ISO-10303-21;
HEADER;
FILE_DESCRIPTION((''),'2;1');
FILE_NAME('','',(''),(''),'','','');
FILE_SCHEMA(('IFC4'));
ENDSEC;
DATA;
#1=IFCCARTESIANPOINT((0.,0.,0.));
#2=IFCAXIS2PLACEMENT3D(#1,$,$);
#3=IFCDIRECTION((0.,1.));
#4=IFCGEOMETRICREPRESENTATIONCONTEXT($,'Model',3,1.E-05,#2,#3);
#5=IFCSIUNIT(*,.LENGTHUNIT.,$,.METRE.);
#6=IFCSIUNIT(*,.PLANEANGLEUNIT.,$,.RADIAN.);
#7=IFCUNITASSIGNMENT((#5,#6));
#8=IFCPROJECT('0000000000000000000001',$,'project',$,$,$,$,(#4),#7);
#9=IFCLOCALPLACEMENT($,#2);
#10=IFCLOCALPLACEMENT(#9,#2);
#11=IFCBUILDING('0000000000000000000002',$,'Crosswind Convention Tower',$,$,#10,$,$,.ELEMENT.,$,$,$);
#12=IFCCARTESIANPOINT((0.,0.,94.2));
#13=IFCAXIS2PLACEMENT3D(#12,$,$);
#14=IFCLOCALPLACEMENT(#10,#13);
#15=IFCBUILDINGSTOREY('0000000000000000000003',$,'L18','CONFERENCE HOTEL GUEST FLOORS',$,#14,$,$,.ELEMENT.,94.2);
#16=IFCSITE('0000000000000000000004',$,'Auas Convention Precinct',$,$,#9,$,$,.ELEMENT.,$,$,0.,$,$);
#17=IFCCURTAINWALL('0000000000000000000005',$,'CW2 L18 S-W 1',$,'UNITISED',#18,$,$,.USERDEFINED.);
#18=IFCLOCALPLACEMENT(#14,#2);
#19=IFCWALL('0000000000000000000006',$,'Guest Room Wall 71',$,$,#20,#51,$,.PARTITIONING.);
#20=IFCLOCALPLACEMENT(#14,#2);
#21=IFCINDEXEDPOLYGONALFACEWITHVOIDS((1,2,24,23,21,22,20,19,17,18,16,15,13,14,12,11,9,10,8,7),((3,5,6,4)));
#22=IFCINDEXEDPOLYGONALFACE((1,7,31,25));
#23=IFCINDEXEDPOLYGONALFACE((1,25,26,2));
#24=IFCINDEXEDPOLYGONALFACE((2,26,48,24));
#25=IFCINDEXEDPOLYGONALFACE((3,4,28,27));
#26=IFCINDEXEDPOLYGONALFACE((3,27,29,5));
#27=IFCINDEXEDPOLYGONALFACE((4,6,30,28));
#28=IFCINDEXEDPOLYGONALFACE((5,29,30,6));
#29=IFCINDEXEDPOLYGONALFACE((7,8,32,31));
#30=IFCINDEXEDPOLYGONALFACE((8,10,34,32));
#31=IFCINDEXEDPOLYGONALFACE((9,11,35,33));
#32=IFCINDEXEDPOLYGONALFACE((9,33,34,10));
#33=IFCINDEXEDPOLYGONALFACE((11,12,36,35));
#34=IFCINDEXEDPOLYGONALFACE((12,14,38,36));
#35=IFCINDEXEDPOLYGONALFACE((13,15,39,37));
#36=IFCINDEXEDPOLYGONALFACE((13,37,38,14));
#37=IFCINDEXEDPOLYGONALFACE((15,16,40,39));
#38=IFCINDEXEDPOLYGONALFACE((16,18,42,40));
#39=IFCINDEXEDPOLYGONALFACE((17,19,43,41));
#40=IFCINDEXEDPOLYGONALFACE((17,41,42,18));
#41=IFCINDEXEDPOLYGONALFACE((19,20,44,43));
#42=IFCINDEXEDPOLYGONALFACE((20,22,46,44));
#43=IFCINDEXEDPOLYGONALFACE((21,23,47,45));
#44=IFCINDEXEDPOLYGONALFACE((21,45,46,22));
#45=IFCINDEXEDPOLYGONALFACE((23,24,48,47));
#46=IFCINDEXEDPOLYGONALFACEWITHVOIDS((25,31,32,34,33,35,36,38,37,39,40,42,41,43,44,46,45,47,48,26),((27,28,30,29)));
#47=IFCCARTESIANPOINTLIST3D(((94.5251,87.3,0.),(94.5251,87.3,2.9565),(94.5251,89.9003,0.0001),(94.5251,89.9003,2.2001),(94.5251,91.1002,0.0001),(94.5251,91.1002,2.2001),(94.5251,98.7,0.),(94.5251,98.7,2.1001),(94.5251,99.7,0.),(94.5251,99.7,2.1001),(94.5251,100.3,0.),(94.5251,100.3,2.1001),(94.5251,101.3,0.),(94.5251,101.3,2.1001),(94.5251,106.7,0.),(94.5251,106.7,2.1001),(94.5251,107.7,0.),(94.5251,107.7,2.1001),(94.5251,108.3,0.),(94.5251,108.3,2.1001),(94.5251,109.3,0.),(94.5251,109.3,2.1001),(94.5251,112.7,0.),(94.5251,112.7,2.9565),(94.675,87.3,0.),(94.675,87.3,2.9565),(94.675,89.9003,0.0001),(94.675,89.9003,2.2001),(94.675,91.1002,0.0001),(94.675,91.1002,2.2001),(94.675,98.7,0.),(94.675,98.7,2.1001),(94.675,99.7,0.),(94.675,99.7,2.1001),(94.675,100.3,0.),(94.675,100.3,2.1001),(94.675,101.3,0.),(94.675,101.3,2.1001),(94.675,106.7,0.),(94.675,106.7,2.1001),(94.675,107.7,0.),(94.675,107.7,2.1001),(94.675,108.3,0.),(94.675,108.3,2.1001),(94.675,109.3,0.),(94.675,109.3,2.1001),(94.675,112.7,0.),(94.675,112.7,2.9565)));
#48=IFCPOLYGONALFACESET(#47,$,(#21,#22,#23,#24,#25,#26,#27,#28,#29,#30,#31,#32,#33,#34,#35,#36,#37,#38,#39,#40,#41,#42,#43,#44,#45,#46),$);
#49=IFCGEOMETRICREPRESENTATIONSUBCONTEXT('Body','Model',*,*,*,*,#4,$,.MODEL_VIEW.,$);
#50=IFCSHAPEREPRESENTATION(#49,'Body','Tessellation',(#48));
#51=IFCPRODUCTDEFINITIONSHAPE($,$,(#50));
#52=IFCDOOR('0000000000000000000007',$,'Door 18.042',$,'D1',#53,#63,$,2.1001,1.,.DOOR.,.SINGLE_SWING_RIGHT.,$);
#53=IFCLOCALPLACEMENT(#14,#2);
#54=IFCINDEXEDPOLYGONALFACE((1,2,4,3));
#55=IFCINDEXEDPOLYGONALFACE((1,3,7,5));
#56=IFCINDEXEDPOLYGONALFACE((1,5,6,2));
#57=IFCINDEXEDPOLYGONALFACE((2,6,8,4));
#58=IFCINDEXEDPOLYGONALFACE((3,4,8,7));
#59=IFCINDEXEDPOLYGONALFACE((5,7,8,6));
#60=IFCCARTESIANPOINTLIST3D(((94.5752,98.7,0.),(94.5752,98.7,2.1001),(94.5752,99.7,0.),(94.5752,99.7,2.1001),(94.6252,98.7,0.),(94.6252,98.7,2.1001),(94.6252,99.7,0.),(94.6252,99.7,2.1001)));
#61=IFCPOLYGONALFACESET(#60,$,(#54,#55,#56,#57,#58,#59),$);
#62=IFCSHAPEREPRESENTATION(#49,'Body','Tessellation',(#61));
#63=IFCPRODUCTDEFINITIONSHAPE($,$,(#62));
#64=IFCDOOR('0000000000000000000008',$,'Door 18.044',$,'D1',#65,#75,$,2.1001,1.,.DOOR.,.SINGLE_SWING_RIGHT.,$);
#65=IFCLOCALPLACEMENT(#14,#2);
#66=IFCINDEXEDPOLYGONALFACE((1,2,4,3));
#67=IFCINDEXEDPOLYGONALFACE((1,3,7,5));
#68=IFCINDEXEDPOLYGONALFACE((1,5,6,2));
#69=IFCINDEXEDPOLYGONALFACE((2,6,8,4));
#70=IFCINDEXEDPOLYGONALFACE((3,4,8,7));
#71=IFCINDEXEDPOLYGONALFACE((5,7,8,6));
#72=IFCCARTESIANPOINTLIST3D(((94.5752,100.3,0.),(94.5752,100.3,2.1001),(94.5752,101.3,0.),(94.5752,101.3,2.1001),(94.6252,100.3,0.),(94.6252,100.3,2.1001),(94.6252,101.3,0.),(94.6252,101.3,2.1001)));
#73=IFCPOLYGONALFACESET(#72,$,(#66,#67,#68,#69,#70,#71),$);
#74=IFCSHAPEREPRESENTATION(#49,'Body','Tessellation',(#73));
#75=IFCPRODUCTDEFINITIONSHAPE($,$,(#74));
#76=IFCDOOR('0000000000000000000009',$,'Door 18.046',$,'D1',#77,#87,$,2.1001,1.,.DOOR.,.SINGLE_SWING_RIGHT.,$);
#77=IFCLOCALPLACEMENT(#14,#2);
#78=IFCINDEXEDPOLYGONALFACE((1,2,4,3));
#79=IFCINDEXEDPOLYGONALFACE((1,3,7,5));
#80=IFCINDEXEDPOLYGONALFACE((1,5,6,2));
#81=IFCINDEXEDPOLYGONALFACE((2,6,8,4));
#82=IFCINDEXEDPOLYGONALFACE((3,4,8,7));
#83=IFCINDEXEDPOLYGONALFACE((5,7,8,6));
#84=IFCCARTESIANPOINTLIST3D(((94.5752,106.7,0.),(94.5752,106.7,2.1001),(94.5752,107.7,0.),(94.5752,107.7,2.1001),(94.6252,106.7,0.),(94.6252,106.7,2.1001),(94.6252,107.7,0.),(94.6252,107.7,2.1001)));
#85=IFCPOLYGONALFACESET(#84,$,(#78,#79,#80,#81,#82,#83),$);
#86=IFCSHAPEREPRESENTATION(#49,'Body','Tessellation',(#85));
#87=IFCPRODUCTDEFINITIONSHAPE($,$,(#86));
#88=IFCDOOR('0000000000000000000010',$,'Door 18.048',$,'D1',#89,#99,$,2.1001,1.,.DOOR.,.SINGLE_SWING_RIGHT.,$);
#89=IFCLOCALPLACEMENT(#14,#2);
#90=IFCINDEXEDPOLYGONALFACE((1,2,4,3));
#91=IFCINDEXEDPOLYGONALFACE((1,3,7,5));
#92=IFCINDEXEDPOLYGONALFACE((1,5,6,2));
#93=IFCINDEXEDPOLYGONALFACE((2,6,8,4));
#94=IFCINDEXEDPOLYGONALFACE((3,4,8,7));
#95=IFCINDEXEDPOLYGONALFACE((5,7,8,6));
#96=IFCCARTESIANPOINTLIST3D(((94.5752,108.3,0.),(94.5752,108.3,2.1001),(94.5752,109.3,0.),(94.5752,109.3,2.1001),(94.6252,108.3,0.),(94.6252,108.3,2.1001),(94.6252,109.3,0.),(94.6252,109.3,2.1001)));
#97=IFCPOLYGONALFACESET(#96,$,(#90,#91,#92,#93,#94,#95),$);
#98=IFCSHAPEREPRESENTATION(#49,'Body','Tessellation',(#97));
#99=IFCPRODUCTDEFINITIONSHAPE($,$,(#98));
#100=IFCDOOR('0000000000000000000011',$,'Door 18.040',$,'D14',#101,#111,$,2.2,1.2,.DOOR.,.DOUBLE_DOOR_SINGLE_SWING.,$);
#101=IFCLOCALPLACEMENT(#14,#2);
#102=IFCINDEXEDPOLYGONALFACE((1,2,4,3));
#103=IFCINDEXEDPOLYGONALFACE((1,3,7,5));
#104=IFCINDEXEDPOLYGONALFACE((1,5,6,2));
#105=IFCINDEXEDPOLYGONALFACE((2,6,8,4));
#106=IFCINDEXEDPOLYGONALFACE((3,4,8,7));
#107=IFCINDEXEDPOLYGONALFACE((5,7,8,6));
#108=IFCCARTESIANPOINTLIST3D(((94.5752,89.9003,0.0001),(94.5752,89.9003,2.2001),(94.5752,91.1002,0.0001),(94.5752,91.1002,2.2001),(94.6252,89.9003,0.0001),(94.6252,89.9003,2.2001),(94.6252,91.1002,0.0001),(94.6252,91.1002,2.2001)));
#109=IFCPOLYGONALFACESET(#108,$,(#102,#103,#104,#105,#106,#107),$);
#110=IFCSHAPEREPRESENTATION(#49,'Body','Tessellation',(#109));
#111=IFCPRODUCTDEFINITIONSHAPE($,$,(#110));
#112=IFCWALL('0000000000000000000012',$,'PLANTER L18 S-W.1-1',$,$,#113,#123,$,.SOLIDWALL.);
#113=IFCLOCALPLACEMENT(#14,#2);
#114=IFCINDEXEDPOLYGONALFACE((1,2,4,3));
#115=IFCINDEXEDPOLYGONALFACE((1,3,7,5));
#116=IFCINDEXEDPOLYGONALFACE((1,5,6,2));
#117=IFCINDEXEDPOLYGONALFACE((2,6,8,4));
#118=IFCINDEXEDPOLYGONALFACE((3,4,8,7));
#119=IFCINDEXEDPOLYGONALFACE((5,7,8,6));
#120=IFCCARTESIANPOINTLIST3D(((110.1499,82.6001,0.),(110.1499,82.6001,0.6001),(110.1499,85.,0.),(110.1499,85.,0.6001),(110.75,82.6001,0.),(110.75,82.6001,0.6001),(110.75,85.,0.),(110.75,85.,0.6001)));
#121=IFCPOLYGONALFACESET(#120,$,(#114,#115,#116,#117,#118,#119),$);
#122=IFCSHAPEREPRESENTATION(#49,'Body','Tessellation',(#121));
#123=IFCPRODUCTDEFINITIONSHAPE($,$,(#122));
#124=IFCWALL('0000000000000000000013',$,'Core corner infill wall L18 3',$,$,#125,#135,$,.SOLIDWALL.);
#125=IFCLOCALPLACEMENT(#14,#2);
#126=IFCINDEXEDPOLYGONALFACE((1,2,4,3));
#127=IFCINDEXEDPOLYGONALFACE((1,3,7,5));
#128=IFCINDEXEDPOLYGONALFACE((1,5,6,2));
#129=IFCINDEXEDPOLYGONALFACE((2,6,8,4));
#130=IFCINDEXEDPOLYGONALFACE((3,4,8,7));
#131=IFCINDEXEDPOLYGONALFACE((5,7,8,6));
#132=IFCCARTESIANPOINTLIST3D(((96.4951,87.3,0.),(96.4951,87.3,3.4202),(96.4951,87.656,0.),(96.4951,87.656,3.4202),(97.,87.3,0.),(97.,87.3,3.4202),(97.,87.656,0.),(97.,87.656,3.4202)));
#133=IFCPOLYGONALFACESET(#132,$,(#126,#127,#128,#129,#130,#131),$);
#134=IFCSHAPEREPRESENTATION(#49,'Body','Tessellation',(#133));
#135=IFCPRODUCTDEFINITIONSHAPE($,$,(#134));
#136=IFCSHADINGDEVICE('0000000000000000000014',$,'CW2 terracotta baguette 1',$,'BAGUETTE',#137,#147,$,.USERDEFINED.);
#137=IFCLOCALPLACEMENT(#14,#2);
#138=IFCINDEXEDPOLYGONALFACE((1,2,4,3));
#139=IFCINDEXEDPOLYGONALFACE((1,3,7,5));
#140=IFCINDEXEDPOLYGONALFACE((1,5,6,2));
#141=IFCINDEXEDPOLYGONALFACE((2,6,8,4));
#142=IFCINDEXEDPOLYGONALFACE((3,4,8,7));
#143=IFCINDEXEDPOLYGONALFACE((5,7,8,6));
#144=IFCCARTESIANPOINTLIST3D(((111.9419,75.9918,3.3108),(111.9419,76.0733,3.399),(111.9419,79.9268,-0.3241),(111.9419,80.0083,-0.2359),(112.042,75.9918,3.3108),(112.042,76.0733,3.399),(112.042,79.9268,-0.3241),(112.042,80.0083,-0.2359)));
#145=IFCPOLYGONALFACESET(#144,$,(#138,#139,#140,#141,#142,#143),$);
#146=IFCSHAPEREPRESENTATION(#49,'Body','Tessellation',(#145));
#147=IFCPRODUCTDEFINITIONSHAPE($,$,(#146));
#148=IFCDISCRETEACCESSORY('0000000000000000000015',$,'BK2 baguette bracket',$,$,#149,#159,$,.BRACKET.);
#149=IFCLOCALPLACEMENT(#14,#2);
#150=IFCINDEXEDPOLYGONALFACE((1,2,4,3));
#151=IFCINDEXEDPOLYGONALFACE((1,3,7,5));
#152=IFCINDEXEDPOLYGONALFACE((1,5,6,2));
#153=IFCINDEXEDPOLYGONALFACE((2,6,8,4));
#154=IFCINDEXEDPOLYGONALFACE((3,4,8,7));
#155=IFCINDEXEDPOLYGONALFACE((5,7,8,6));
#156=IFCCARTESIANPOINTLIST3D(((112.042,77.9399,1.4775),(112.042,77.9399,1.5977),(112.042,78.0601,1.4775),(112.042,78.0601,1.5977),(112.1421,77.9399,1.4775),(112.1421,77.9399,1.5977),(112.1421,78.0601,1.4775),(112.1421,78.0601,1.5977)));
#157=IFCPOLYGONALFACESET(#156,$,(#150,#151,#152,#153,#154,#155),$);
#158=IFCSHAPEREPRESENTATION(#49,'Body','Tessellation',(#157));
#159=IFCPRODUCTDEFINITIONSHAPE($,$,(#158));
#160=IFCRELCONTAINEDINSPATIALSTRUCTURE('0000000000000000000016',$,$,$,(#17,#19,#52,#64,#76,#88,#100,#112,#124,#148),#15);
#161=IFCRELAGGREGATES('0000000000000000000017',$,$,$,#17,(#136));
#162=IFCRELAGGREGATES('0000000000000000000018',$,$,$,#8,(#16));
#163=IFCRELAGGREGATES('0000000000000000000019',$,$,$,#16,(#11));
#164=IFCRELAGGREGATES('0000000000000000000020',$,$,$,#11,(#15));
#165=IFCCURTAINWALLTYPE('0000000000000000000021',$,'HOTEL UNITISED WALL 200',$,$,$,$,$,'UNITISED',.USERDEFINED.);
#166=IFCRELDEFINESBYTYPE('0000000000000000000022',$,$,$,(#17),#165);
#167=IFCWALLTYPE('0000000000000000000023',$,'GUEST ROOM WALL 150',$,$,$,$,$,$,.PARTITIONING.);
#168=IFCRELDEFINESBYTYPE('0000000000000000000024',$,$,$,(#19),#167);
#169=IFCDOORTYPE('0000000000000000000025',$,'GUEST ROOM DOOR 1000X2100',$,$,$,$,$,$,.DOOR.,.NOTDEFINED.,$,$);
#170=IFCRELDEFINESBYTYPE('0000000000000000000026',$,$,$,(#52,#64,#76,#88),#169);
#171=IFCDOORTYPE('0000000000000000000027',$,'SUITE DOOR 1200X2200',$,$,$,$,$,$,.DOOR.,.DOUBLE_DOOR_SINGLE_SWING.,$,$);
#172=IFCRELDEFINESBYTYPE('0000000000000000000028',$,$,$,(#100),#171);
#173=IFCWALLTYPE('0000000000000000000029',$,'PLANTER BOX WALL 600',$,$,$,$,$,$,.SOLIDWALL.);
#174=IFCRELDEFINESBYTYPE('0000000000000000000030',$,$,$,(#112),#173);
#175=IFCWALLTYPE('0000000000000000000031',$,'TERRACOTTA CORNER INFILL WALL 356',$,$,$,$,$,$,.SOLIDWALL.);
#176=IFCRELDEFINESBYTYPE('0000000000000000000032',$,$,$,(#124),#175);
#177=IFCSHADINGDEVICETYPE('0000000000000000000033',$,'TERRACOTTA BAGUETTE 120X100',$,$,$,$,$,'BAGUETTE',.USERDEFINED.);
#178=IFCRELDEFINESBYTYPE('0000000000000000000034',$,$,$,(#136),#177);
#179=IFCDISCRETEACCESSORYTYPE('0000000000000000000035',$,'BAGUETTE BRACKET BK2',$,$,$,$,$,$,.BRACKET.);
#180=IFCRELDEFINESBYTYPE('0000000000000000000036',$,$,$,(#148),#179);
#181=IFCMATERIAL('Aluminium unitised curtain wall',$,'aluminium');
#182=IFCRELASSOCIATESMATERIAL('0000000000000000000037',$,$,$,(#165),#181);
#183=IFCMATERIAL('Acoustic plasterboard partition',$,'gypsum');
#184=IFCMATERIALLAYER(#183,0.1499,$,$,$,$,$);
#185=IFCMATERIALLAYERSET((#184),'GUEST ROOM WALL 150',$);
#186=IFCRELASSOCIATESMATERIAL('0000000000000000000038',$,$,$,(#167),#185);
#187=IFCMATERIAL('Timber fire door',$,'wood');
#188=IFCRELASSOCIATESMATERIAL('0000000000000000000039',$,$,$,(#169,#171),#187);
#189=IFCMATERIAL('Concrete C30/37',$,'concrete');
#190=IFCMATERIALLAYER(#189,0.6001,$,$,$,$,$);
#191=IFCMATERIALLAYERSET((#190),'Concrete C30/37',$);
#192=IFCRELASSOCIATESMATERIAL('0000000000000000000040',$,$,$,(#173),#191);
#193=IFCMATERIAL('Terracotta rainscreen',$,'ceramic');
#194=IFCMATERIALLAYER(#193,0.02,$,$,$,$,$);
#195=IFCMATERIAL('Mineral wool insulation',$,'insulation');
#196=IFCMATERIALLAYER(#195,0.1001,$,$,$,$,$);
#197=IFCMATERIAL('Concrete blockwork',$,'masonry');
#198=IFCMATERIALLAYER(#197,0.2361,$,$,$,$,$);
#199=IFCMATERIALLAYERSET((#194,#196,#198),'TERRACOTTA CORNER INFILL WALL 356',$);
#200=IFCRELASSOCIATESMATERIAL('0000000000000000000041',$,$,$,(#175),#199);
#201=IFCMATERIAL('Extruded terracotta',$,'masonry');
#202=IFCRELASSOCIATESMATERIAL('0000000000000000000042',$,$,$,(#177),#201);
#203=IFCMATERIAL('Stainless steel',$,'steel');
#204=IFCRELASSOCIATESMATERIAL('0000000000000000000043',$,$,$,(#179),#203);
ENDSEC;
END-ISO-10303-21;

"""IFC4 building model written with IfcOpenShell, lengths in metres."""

from ifc_helpers import new_model, si_unit, direction, frame, frame_2d, origin, origin_2d, place, context, subcontext, project, spatial, rectangle, extrude, material, layer, layer_set, material_profile, profile_set, type_object, element, fill, aggregate, save


model = new_model("IFC4")

# Units and contexts
model_context = context("Model", 3, precision=1e-05, world=origin(), true_north=direction((0.0, 1.0)))
body_context = subcontext(model_context, "Body", "Model", "MODEL_VIEW")
ifc_project = project(units=[si_unit("LENGTHUNIT", "METRE"), si_unit("PLANEANGLEUNIT", "RADIAN")], contexts=[model_context])

# Site, building, storey
site_placement = place(None, origin())
site = spatial("IfcSite", under=ifc_project, at=site_placement, Name="Auas Convention Precinct", CompositionType="ELEMENT", RefElevation=0.0)
building_placement = place(site_placement, origin())
building = spatial("IfcBuilding", under=site, at=building_placement, Name="Crosswind Convention Tower", CompositionType="ELEMENT")
storey_placement = place(building_placement, frame((0.0, 0.0, 94.2)))
storey = spatial("IfcBuildingStorey", under=building, at=storey_placement, Name="L18", Description="CONFERENCE HOTEL GUEST FLOORS", CompositionType="ELEMENT", Elevation=94.2)

# Shared definitions
ifc_material_1 = material(Name="Aluminium unitised curtain wall", Category="aluminium")

# Curtain wall
curtain_wall_type_1 = type_object("IfcCurtainWallType", Name="HOTEL UNITISED WALL 200", ElementType="UNITISED", PredefinedType="USERDEFINED", material=ifc_material_1)
curtain_wall_1_placement = place(storey_placement, origin())
curtain_wall_1 = element("IfcCurtainWall", 1, at=curtain_wall_1_placement, inside=storey, type_object=curtain_wall_type_1, Name="CW2 L18 S-W 1", ObjectType="UNITISED", PredefinedType="USERDEFINED")

# Wall, openings, doors
ifc_material_2 = material(Name="Acoustic plasterboard partition", Category="gypsum")
ifc_layer_1 = layer(ifc_material_2, 0.1499)
ifc_layer_set_1 = layer_set([ifc_layer_1], Name="GUEST ROOM WALL 150")
wall_type_1 = type_object("IfcWallType", Name="GUEST ROOM WALL 150", PredefinedType="PARTITIONING", material=ifc_layer_set_1)
wall_1_placement = place(storey_placement, frame((94.6001, 87.3, 0.0), z_axis=(0.0, 0.0, 1.0), x_axis=(0.0, 1.0, 0.0)))
wall_1 = element("IfcWall", 2, at=wall_1_placement, inside=storey, type_object=wall_type_1, Name="Guest Room Wall 71", PredefinedType="PARTITIONING", context=body_context, shape_type="SweptSolid", body=[
    extrude(rectangle(XDim=25.3999, YDim=0.1499, at=frame_2d((12.7, 0.0))), origin(), (0.0, 0.0, 1.0), 2.9565),
])
opening_1_placement = place(wall_1_placement, frame((2.6001, 0.0, 0.0)))
opening_1 = element("IfcOpeningElement", 3, at=opening_1_placement, cuts=wall_1, PredefinedType="OPENING", context=body_context, shape_type="SweptSolid", body=[
    extrude(rectangle(XDim=1.2, YDim=2.2, at=frame_2d((0.6001, 1.1001))), frame((0.0, 0.085, 0.0), z_axis=(0.0, -1.0, 0.0), x_axis=(1.0, 0.0, 0.0)), (0.0, 0.0, 1.0), 0.1699),
])
opening_2_placement = place(wall_1_placement, frame((11.3999, 0.0, 0.0)))
opening_2 = element("IfcOpeningElement", 4, at=opening_2_placement, cuts=wall_1, PredefinedType="OPENING", context=body_context, shape_type="SweptSolid", body=[
    extrude(rectangle(XDim=1.0, YDim=2.1001, at=frame_2d((0.5, 1.05))), frame((0.0, 0.085, 0.0), z_axis=(0.0, -1.0, 0.0), x_axis=(1.0, 0.0, 0.0)), (0.0, 0.0, 1.0), 0.1699),
])
opening_3_placement = place(wall_1_placement, frame((13.0, 0.0, 0.0)))
opening_3 = element("IfcOpeningElement", 5, at=opening_3_placement, cuts=wall_1, PredefinedType="OPENING", context=body_context, shape_type="SweptSolid", body=[
    extrude(rectangle(XDim=1.0, YDim=2.1001, at=frame_2d((0.5, 1.05))), frame((0.0, 0.085, 0.0), z_axis=(0.0, -1.0, 0.0), x_axis=(1.0, 0.0, 0.0)), (0.0, 0.0, 1.0), 0.1699),
])
opening_4_placement = place(wall_1_placement, frame((19.3999, 0.0, 0.0)))
opening_4 = element("IfcOpeningElement", 6, at=opening_4_placement, cuts=wall_1, PredefinedType="OPENING", context=body_context, shape_type="SweptSolid", body=[
    extrude(rectangle(XDim=1.0, YDim=2.1001, at=frame_2d((0.5, 1.05))), frame((0.0, 0.085, 0.0), z_axis=(0.0, -1.0, 0.0), x_axis=(1.0, 0.0, 0.0)), (0.0, 0.0, 1.0), 0.1699),
])
opening_5_placement = place(wall_1_placement, frame((21.0, 0.0, 0.0)))
opening_5 = element("IfcOpeningElement", 7, at=opening_5_placement, cuts=wall_1, PredefinedType="OPENING", context=body_context, shape_type="SweptSolid", body=[
    extrude(rectangle(XDim=1.0, YDim=2.1001, at=frame_2d((0.5, 1.05))), frame((0.0, 0.085, 0.0), z_axis=(0.0, -1.0, 0.0), x_axis=(1.0, 0.0, 0.0)), (0.0, 0.0, 1.0), 0.1699),
])
ifc_material_3 = material(Name="Timber fire door", Category="wood")
door_type_1 = type_object("IfcDoorType", Name="GUEST ROOM DOOR 1000X2100", OperationType="NOTDEFINED", PredefinedType="DOOR", material=ifc_material_3)
door_1_placement = place(opening_2_placement, origin())
door_1 = element("IfcDoor", 8, at=door_1_placement, inside=storey, type_object=door_type_1, Name="Door 18.042", ObjectType="D1", OperationType="SINGLE_SWING_RIGHT", OverallHeight=2.1001, OverallWidth=1.0, PredefinedType="DOOR", context=body_context, shape_type="SweptSolid", body=[
    extrude(rectangle(XDim=1.0, YDim=2.1001, at=frame_2d((0.5, 1.05))), frame((0.0, 0.0249, 0.0), z_axis=(0.0, -1.0, 0.0), x_axis=(1.0, 0.0, 0.0)), (0.0, 0.0, 1.0), 0.05),
])
fill(opening_2, door_1)
door_2_placement = place(opening_3_placement, origin())
door_2 = element("IfcDoor", 9, at=door_2_placement, inside=storey, type_object=door_type_1, Name="Door 18.044", ObjectType="D1", OperationType="SINGLE_SWING_RIGHT", OverallHeight=2.1001, OverallWidth=1.0, PredefinedType="DOOR", context=body_context, shape_type="SweptSolid", body=[
    extrude(rectangle(XDim=1.0, YDim=2.1001, at=frame_2d((0.5, 1.05))), frame((0.0, 0.0249, 0.0), z_axis=(0.0, -1.0, 0.0), x_axis=(1.0, 0.0, 0.0)), (0.0, 0.0, 1.0), 0.05),
])
fill(opening_3, door_2)
door_3_placement = place(opening_4_placement, origin())
door_3 = element("IfcDoor", 10, at=door_3_placement, inside=storey, type_object=door_type_1, Name="Door 18.046", ObjectType="D1", OperationType="SINGLE_SWING_RIGHT", OverallHeight=2.1001, OverallWidth=1.0, PredefinedType="DOOR", context=body_context, shape_type="SweptSolid", body=[
    extrude(rectangle(XDim=1.0, YDim=2.1001, at=frame_2d((0.5, 1.05))), frame((0.0, 0.0249, 0.0), z_axis=(0.0, -1.0, 0.0), x_axis=(1.0, 0.0, 0.0)), (0.0, 0.0, 1.0), 0.05),
])
fill(opening_4, door_3)
door_4_placement = place(opening_5_placement, origin())
door_4 = element("IfcDoor", 11, at=door_4_placement, inside=storey, type_object=door_type_1, Name="Door 18.048", ObjectType="D1", OperationType="SINGLE_SWING_RIGHT", OverallHeight=2.1001, OverallWidth=1.0, PredefinedType="DOOR", context=body_context, shape_type="SweptSolid", body=[
    extrude(rectangle(XDim=1.0, YDim=2.1001, at=frame_2d((0.5, 1.05))), frame((0.0, 0.0249, 0.0), z_axis=(0.0, -1.0, 0.0), x_axis=(1.0, 0.0, 0.0)), (0.0, 0.0, 1.0), 0.05),
])
fill(opening_5, door_4)
door_type_2 = type_object("IfcDoorType", Name="SUITE DOOR 1200X2200", OperationType="DOUBLE_DOOR_SINGLE_SWING", PredefinedType="DOOR", material=ifc_material_3)
door_5_placement = place(opening_1_placement, origin())
door_5 = element("IfcDoor", 12, at=door_5_placement, inside=storey, type_object=door_type_2, Name="Door 18.040", ObjectType="D14", OperationType="DOUBLE_DOOR_SINGLE_SWING", OverallHeight=2.2, OverallWidth=1.2, PredefinedType="DOOR", context=body_context, shape_type="SweptSolid", body=[
    extrude(rectangle(XDim=1.2, YDim=2.2, at=frame_2d((0.6001, 1.1001))), frame((0.0, 0.0249, 0.0), z_axis=(0.0, -1.0, 0.0), x_axis=(1.0, 0.0, 0.0)), (0.0, 0.0, 1.0), 0.05),
])
fill(opening_1, door_5)

# Walls
ifc_material_4 = material(Name="Concrete C30/37", Category="concrete")
ifc_layer_2 = layer(ifc_material_4, 0.6001)
ifc_layer_set_2 = layer_set([ifc_layer_2], Name="Concrete C30/37")
wall_type_2 = type_object("IfcWallType", Name="PLANTER BOX WALL 600", PredefinedType="SOLIDWALL", material=ifc_layer_set_2)
wall_2_placement = place(storey_placement, frame((110.45, 85.0, 0.0), z_axis=(0.0, 0.0, 1.0), x_axis=(0.0, -1.0, 0.0)))
element("IfcWall", 13, at=wall_2_placement, inside=storey, type_object=wall_type_2, Name="PLANTER L18 S-W.1-1", PredefinedType="SOLIDWALL", context=body_context, shape_type="SweptSolid", body=[
    extrude(rectangle(XDim=2.3999, YDim=0.6001, at=frame_2d((1.2, 0.0))), origin(), (0.0, 0.0, 1.0), 0.6001),
])
ifc_material_5 = material(Name="Terracotta rainscreen", Category="ceramic")
ifc_layer_3 = layer(ifc_material_5, 0.02)
ifc_material_6 = material(Name="Mineral wool insulation", Category="insulation")
ifc_layer_4 = layer(ifc_material_6, 0.1001)
ifc_material_7 = material(Name="Concrete blockwork", Category="masonry")
ifc_layer_5 = layer(ifc_material_7, 0.2361)
ifc_layer_set_3 = layer_set([ifc_layer_3, ifc_layer_4, ifc_layer_5], Name="TERRACOTTA CORNER INFILL WALL 356")
wall_type_3 = type_object("IfcWallType", Name="TERRACOTTA CORNER INFILL WALL 356", PredefinedType="SOLIDWALL", material=ifc_layer_set_3)
wall_3_placement = place(storey_placement, frame((96.4951, 87.478, 0.0), z_axis=(0.0, 0.0, 1.0), x_axis=(1.0, 0.0, 0.0)))
element("IfcWall", 14, at=wall_3_placement, inside=storey, type_object=wall_type_3, Name="Core corner infill wall L18 3", PredefinedType="SOLIDWALL", context=body_context, shape_type="SweptSolid", body=[
    extrude(rectangle(XDim=0.5049, YDim=0.356, at=frame_2d((0.2524, 0.0))), origin(), (0.0, 0.0, 1.0), 3.4202),
])

# Shading device
ifc_material_8 = material(Name="Extruded terracotta", Category="masonry")
ifc_material_profile_1 = material_profile(ifc_material_8, rectangle(XDim=0.1001, YDim=0.1201, at=origin_2d()), Name="TC 100X120")
ifc_profile_set_1 = profile_set([ifc_material_profile_1], Name="Extruded terracotta")
shading_device_type = type_object("IfcShadingDeviceType", Name="TERRACOTTA BAGUETTE 120X100", ElementType="BAGUETTE", PredefinedType="USERDEFINED", material=ifc_profile_set_1)
shading_device_placement = place(storey_placement, frame((111.9919, 79.9675, -0.28), z_axis=(0.0, -0.734557, 0.678547), x_axis=(1.0, 0.0, 0.0)))
shading_device = element("IfcShadingDevice", 15, at=shading_device_placement, type_object=shading_device_type, Name="CW2 terracotta baguette 1", ObjectType="BAGUETTE", PredefinedType="USERDEFINED", context=body_context, shape_type="SweptSolid", body=[
    extrude(rectangle(XDim=0.1001, YDim=0.1201, at=origin_2d()), origin(), (0.0, 0.0, 1.0), 5.3569),
])
aggregate(curtain_wall_1, [shading_device])

# Discrete accessory
ifc_material_9 = material(Name="Stainless steel", Category="steel")
discrete_accessory_type = type_object("IfcDiscreteAccessoryType", Name="BAGUETTE BRACKET BK2", PredefinedType="BRACKET", material=ifc_material_9)
discrete_accessory_placement = place(storey_placement, frame((112.092, 78.0, 1.4775), z_axis=(0.0, 0.0, 1.0), x_axis=(0.0, -1.0, 0.0)))
element("IfcDiscreteAccessory", 16, at=discrete_accessory_placement, inside=storey, type_object=discrete_accessory_type, Name="BK2 baguette bracket", PredefinedType="BRACKET", context=body_context, shape_type="SweptSolid", body=[
    extrude(rectangle(XDim=0.1201, YDim=0.1001, at=origin_2d()), origin(), (0.0, 0.0, 1.0), 0.1201),
])

save(model, "model.ifc")
